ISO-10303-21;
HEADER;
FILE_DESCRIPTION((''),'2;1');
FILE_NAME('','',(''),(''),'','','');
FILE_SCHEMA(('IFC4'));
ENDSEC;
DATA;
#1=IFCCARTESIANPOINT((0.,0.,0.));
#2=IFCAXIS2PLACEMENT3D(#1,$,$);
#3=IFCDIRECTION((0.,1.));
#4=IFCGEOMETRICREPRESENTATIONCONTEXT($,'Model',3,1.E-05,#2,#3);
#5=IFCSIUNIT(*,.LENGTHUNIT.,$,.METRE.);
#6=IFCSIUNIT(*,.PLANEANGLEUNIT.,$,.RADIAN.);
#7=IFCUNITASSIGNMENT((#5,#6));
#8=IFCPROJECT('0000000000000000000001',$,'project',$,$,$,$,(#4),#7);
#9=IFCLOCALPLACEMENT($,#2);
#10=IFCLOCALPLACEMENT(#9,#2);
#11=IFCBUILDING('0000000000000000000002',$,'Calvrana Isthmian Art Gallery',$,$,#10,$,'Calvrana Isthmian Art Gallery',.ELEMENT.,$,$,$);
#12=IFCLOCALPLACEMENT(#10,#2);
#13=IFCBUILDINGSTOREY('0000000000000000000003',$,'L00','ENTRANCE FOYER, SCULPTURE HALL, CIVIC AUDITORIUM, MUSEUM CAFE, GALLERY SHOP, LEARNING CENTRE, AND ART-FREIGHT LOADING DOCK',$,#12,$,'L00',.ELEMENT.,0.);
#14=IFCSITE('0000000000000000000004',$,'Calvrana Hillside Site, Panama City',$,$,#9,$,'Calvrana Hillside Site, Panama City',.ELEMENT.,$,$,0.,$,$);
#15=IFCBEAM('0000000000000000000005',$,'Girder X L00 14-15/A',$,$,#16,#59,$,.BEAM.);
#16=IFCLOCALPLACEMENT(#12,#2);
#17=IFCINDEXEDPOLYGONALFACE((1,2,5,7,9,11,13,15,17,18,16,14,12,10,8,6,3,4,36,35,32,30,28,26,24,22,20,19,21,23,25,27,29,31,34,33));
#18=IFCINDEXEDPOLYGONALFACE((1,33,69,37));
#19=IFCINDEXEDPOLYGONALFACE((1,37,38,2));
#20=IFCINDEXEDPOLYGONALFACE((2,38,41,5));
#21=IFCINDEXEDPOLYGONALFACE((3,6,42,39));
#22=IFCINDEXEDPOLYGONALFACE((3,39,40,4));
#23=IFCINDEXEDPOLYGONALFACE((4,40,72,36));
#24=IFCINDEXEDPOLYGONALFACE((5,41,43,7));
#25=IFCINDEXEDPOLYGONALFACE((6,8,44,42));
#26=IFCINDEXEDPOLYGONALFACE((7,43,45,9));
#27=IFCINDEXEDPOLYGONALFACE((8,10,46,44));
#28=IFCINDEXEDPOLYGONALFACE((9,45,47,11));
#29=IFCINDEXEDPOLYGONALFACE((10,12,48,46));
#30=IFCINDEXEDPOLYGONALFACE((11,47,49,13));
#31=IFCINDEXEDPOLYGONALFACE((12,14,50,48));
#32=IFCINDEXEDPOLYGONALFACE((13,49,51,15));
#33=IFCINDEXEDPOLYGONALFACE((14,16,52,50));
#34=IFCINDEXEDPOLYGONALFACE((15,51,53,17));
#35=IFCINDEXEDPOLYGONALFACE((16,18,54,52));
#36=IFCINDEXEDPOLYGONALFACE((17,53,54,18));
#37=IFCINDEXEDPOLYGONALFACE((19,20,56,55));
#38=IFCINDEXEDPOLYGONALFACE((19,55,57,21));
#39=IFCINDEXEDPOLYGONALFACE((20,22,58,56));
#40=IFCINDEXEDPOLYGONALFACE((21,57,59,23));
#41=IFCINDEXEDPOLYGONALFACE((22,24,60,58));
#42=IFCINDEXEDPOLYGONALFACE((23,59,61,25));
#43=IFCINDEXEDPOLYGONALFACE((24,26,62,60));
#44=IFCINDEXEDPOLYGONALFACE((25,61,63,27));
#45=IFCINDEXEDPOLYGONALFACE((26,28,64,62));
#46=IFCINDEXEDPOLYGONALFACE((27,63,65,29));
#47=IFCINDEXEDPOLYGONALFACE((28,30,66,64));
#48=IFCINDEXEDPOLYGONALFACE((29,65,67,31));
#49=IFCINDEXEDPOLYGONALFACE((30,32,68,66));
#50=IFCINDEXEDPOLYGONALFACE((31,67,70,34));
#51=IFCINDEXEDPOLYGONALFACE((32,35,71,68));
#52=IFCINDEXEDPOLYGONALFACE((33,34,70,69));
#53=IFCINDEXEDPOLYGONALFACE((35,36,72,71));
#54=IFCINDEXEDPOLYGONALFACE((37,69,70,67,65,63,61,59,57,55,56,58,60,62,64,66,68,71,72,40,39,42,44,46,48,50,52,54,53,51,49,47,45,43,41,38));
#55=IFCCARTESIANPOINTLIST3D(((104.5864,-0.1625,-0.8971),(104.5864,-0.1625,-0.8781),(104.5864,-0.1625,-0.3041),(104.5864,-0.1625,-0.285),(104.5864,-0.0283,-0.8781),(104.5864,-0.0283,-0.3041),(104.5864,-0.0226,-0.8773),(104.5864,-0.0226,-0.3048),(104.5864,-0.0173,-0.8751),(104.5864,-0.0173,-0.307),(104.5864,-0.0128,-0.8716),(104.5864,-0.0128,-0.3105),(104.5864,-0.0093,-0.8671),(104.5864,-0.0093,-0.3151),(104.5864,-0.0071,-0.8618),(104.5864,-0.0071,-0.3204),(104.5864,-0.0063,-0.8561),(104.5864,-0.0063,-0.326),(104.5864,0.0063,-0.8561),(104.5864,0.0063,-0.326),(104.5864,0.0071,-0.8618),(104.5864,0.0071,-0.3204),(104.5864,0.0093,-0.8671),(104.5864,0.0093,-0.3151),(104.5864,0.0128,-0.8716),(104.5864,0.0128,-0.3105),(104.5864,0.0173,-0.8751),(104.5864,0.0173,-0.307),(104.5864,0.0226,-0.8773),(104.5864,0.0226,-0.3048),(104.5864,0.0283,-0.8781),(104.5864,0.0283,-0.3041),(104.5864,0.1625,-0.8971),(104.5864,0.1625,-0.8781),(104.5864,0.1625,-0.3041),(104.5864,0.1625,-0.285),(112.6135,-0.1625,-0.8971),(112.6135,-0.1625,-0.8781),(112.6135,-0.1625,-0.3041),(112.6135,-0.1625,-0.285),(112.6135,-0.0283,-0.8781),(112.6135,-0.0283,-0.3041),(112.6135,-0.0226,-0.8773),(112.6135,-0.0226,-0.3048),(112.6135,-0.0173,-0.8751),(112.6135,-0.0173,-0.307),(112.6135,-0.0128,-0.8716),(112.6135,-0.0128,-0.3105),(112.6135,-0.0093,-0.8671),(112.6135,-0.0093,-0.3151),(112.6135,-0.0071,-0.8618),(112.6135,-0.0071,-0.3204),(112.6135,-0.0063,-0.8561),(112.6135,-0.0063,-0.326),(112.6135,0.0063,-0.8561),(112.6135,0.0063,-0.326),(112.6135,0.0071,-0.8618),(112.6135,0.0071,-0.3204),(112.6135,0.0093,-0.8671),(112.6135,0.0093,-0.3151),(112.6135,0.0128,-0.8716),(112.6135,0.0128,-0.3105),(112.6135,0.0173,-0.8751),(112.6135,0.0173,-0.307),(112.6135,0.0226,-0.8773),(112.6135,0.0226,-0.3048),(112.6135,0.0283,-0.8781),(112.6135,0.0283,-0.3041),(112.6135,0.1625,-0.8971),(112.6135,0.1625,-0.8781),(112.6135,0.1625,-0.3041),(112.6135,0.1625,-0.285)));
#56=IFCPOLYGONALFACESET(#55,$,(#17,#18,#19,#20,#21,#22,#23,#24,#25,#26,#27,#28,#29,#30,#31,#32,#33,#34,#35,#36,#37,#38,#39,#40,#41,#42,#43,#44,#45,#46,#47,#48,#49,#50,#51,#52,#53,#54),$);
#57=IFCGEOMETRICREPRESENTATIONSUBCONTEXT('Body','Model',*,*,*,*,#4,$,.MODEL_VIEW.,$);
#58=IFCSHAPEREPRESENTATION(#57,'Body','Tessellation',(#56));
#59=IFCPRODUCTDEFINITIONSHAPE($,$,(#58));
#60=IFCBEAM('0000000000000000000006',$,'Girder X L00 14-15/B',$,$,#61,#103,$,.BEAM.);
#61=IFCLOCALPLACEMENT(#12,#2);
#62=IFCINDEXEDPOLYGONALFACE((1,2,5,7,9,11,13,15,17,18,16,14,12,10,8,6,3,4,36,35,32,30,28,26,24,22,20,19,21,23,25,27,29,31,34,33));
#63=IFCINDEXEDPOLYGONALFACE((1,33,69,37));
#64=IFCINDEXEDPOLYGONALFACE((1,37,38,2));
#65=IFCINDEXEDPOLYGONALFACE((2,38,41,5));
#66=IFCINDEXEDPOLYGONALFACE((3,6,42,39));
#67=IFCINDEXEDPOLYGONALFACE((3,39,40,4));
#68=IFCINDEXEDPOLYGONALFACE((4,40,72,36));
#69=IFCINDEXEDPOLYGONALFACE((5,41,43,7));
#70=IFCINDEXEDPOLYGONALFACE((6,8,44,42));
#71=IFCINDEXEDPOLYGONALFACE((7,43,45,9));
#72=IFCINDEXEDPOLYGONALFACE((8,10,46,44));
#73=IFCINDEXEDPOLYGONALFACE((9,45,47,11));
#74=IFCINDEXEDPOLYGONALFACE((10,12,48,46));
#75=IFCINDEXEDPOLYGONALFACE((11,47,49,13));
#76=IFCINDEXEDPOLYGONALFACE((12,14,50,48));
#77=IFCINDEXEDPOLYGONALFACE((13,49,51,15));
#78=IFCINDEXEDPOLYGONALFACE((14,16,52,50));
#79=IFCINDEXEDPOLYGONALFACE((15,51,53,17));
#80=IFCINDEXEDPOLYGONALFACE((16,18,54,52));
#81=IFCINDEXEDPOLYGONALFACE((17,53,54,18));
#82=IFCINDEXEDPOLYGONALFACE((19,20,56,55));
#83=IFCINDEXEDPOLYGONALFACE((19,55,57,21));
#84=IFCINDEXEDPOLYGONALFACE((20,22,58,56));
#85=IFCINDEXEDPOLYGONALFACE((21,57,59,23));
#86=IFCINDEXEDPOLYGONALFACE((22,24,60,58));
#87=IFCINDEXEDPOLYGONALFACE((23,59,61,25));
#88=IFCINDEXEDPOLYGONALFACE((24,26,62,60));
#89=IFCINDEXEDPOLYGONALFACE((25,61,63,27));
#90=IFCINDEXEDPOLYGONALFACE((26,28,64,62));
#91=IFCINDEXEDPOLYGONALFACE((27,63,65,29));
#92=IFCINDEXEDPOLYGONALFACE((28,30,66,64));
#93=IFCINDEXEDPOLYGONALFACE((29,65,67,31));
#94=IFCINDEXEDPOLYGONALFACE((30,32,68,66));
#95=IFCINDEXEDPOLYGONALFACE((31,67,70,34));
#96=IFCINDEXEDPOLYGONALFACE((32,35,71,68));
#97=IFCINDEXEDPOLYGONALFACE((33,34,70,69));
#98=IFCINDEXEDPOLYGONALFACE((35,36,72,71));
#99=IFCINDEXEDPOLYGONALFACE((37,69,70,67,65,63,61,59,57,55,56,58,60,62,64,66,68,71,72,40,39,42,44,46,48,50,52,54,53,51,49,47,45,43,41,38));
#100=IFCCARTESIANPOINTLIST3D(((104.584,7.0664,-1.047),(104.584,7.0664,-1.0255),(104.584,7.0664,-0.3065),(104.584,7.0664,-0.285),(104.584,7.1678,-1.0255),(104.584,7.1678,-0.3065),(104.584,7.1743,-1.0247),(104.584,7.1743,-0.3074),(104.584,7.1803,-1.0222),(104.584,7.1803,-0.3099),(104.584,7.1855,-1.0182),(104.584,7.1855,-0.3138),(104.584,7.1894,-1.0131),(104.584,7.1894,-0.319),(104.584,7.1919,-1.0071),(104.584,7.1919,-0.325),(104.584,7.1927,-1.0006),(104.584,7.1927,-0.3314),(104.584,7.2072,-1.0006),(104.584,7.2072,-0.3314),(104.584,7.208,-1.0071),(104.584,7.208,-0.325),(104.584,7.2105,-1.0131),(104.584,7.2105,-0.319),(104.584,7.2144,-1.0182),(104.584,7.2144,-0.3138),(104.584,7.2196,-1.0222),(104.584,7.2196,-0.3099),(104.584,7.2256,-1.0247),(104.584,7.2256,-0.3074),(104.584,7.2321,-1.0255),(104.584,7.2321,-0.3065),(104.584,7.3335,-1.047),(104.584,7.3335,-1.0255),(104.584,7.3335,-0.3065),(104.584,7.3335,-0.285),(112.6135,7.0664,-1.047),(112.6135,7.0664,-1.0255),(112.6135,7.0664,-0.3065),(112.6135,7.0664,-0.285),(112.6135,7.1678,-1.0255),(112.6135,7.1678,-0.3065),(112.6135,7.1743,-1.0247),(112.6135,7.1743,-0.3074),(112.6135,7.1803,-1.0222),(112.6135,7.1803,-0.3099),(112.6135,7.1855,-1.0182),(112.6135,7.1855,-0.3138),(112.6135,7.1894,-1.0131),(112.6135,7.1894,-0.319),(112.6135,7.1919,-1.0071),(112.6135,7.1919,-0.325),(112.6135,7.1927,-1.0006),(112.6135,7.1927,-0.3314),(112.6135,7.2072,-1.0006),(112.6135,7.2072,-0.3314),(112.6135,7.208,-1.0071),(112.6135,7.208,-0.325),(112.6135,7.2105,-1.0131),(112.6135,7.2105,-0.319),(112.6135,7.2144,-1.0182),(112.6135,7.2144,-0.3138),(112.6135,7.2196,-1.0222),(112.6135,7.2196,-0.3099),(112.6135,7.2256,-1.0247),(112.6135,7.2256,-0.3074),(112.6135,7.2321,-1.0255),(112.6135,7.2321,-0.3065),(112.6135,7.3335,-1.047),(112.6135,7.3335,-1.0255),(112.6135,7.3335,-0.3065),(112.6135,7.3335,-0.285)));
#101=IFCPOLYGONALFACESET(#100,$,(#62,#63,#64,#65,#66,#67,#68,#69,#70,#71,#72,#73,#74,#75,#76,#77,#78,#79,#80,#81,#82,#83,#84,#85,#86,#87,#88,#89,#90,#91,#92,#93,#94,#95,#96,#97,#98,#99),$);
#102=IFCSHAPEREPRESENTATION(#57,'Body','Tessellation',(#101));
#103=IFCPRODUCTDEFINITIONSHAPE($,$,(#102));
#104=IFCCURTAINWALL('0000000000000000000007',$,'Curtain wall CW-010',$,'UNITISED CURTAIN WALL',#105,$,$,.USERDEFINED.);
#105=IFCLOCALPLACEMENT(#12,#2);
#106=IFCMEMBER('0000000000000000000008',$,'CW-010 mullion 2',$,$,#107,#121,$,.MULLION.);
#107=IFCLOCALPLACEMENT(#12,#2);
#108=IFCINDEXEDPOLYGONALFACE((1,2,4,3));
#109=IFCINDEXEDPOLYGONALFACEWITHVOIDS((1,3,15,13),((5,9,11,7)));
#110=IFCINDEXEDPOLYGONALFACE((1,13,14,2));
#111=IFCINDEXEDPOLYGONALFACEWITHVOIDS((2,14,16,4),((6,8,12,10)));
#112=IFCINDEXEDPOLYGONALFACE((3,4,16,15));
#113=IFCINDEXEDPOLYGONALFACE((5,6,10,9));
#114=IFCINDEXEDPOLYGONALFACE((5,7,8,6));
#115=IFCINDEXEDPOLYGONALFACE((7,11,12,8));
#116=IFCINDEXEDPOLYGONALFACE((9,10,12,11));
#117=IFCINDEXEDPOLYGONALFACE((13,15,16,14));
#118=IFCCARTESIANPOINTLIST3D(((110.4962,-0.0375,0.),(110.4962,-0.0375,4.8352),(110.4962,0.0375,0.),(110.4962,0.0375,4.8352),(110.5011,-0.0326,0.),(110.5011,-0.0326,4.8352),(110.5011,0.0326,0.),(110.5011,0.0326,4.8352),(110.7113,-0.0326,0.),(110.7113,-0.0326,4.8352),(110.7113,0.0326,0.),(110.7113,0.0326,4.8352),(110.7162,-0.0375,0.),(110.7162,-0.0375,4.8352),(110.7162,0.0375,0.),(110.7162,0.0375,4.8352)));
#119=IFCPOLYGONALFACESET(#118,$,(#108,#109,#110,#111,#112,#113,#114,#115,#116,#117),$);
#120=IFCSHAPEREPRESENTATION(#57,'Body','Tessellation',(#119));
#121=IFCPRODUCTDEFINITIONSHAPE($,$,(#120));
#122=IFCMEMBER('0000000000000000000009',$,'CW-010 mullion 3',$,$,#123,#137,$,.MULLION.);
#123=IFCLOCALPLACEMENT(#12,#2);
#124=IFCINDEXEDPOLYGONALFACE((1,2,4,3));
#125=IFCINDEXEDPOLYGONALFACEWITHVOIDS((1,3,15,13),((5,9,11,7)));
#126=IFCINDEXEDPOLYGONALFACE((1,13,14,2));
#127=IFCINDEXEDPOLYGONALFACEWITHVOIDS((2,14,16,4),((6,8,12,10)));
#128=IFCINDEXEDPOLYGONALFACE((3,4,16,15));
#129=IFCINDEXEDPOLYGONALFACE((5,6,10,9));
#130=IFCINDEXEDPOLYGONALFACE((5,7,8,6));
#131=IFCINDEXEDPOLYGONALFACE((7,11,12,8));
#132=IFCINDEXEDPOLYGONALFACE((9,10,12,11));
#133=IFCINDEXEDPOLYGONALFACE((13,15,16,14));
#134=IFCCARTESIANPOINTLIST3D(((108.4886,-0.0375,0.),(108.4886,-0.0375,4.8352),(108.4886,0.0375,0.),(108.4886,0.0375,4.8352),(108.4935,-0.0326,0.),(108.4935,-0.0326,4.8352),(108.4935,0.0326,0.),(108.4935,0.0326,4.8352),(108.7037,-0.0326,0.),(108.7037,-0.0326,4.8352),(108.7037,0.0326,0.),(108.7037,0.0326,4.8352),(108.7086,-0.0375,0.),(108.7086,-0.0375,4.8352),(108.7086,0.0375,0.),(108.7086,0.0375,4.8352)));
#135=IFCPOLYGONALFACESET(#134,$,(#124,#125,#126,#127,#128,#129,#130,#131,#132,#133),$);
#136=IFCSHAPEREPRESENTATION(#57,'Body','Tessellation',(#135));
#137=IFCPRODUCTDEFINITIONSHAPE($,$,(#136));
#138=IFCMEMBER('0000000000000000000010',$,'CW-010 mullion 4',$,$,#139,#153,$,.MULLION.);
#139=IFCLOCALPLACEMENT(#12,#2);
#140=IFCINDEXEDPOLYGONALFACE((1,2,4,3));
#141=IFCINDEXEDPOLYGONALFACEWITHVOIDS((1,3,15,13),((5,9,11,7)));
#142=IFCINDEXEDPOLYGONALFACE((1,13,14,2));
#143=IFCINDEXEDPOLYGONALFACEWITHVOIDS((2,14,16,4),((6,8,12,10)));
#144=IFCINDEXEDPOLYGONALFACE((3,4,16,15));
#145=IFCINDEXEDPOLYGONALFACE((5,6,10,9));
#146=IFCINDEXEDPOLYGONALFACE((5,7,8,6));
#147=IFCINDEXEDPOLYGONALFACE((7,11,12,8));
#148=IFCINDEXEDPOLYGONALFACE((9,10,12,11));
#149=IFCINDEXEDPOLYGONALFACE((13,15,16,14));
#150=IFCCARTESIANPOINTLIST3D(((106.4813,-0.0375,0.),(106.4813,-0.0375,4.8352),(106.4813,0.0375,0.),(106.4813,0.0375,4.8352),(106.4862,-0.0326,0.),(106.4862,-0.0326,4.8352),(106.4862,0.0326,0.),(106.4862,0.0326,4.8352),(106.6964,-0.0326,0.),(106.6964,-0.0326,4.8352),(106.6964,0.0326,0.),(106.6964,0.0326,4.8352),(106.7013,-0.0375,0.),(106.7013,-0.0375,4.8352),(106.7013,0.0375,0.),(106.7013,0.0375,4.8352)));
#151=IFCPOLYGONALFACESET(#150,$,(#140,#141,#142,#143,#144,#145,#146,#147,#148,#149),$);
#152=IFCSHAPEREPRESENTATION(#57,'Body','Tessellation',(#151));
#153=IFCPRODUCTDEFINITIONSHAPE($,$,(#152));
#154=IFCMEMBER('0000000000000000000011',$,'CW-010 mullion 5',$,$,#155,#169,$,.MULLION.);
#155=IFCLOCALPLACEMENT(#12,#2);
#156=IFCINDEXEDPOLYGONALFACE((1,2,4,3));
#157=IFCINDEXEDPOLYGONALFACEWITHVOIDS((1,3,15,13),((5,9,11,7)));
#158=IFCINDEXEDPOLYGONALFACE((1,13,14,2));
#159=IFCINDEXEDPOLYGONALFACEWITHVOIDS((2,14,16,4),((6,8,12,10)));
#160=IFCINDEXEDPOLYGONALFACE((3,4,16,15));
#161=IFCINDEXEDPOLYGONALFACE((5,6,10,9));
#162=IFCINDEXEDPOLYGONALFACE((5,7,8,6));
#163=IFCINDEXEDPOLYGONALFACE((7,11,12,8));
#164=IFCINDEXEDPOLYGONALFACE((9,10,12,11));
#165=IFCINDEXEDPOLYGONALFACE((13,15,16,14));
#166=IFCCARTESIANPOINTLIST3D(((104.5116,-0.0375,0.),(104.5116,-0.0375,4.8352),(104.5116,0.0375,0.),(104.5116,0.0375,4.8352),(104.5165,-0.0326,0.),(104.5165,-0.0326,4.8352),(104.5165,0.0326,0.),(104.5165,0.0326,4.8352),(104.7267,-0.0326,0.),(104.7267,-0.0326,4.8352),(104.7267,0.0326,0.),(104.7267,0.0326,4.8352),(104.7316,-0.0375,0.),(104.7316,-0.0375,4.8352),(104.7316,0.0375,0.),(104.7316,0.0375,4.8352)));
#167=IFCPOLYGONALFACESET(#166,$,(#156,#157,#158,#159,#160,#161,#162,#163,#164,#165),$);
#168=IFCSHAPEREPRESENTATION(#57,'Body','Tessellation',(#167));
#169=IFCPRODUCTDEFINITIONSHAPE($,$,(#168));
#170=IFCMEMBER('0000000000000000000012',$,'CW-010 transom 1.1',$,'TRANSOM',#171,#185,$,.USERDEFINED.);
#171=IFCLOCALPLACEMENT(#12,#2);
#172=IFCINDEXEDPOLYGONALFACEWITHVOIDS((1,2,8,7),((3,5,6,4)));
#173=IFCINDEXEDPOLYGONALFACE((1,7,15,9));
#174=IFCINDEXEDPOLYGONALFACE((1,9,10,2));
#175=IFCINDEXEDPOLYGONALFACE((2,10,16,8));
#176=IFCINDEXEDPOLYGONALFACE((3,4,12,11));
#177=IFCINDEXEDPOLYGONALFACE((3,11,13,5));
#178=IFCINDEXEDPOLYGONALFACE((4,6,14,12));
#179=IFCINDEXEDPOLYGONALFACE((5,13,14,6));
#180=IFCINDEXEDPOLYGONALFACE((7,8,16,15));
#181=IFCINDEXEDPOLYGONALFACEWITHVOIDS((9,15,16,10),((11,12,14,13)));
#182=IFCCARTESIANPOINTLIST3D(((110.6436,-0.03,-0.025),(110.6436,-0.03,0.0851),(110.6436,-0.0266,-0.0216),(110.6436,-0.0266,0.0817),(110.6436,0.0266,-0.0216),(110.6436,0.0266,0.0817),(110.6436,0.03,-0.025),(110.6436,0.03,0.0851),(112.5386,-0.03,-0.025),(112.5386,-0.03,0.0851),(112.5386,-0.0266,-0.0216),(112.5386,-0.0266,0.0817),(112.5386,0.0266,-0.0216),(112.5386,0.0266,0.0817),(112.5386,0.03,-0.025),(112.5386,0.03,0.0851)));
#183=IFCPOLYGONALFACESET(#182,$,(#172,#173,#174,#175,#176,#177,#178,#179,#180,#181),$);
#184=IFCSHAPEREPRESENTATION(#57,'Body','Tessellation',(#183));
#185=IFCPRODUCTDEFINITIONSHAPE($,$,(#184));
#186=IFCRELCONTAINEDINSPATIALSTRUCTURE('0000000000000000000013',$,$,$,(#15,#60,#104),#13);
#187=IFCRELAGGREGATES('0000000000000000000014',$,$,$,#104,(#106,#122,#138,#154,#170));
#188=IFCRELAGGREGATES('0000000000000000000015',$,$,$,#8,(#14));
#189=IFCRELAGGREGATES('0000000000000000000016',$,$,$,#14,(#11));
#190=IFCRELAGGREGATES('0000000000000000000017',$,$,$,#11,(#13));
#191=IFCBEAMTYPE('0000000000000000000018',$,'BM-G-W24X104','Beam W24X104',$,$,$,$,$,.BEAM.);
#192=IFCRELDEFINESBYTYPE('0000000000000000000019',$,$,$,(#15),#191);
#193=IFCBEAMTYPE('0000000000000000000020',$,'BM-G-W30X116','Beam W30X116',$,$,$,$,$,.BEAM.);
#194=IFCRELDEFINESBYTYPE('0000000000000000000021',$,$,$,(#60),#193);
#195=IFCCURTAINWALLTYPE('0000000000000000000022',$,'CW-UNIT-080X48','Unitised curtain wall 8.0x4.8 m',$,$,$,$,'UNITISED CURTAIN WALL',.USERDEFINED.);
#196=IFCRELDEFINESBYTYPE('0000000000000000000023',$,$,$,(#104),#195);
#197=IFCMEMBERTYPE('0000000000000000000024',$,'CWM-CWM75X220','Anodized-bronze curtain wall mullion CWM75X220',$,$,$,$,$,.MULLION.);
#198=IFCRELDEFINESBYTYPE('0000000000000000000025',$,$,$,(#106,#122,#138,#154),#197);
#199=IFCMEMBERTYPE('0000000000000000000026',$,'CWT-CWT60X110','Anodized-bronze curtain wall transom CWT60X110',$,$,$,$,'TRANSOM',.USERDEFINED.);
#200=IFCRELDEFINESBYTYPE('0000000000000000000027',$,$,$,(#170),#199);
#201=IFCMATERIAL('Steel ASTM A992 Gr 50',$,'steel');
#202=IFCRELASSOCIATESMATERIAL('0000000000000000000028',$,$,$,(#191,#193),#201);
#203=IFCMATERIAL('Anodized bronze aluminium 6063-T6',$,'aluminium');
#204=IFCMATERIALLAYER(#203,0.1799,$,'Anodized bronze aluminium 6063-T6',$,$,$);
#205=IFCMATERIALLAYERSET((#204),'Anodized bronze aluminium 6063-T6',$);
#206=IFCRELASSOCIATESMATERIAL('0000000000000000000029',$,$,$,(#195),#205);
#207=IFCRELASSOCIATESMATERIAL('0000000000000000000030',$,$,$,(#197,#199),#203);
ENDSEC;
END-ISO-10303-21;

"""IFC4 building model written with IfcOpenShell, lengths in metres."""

from ifc_helpers import new_model, si_unit, direction, frame, origin, origin_2d, place, context, subcontext, project, spatial, hollow_rectangle, i_section, extrude, material, layer, layer_set, material_profile, profile_set, type_object, element, aggregate, save


model = new_model("IFC4")

# Units and contexts
model_context = context("Model", 3, precision=1e-05, world=origin(), true_north=direction((0.0, 1.0)))
body_context = subcontext(model_context, "Body", "Model", "MODEL_VIEW")
ifc_project = project(units=[si_unit("LENGTHUNIT", "METRE"), si_unit("PLANEANGLEUNIT", "RADIAN")], contexts=[model_context])

# Site, building, storey
site_placement = place(None, origin())
site = spatial("IfcSite", under=ifc_project, at=site_placement, Name="Calvrana Hillside Site, Panama City", LongName="Calvrana Hillside Site, Panama City", CompositionType="ELEMENT", RefElevation=0.0)
building_placement = place(site_placement, origin())
building = spatial("IfcBuilding", under=site, at=building_placement, Name="Calvrana Isthmian Art Gallery", LongName="Calvrana Isthmian Art Gallery", CompositionType="ELEMENT")
storey_placement = place(building_placement, origin())
storey = spatial("IfcBuildingStorey", under=building, at=storey_placement, Name="L00", Description="ENTRANCE FOYER, SCULPTURE HALL, CIVIC AUDITORIUM, MUSEUM CAFE, GALLERY SHOP, LEARNING CENTRE, AND ART-FREIGHT LOADING DOCK", LongName="L00", CompositionType="ELEMENT", Elevation=0.0)

# Beams
ifc_material_1 = material(Name="Steel ASTM A992 Gr 50", Category="steel")
ifc_material_profile_1 = material_profile(ifc_material_1, i_section(OverallWidth=0.325, OverallDepth=0.6121, WebThickness=0.0127, FlangeThickness=0.019, FilletRadius=0.022, at=origin_2d()), Name="W24X104")
ifc_profile_set_1 = profile_set([ifc_material_profile_1], Name="Steel ASTM A992 Gr 50")
beam_type_1 = type_object("IfcBeamType", Name="BM-G-W24X104", Description="Beam W24X104", PredefinedType="BEAM", material=ifc_profile_set_1)
beam_1_placement = place(storey_placement, frame((104.5864, 0.0, -0.5911), z_axis=(1.0, 0.0, 0.0), x_axis=(0.0, 1.0, 0.0)))
element("IfcBeam", 1, at=beam_1_placement, inside=storey, type_object=beam_type_1, Name="Girder X L00 14-15/A", PredefinedType="BEAM", context=body_context, shape_type="SweptSolid", body=[
    extrude(i_section(OverallWidth=0.325, OverallDepth=0.6121, WebThickness=0.0127, FlangeThickness=0.019, FilletRadius=0.022, at=origin_2d()), origin(), (0.0, 0.0, 1.0), 8.0271),
])
ifc_material_profile_2 = material_profile(ifc_material_1, i_section(OverallWidth=0.2671, OverallDepth=0.762, WebThickness=0.0144, FlangeThickness=0.0215, FilletRadius=0.0249, at=origin_2d()), Name="W30X116")
ifc_profile_set_2 = profile_set([ifc_material_profile_2], Name="Steel ASTM A992 Gr 50")
beam_type_2 = type_object("IfcBeamType", Name="BM-G-W30X116", Description="Beam W30X116", PredefinedType="BEAM", material=ifc_profile_set_2)
beam_2_placement = place(storey_placement, frame((104.584, 7.2, -0.666), z_axis=(1.0, 0.0, 0.0), x_axis=(0.0, 1.0, 0.0)))
element("IfcBeam", 2, at=beam_2_placement, inside=storey, type_object=beam_type_2, Name="Girder X L00 14-15/B", PredefinedType="BEAM", context=body_context, shape_type="SweptSolid", body=[
    extrude(i_section(OverallWidth=0.2671, OverallDepth=0.762, WebThickness=0.0144, FlangeThickness=0.0215, FilletRadius=0.0249, at=origin_2d()), origin(), (0.0, 0.0, 1.0), 8.0295),
])

# Curtain wall, members
ifc_material_2 = material(Name="Anodized bronze aluminium 6063-T6", Category="aluminium")
ifc_layer_1 = layer(ifc_material_2, 0.1799, Name="Anodized bronze aluminium 6063-T6")
ifc_layer_set_1 = layer_set([ifc_layer_1], Name="Anodized bronze aluminium 6063-T6")
curtain_wall_type = type_object("IfcCurtainWallType", Name="CW-UNIT-080X48", Description="Unitised curtain wall 8.0x4.8 m", ElementType="UNITISED CURTAIN WALL", PredefinedType="USERDEFINED", material=ifc_layer_set_1)
curtain_wall_placement = place(storey_placement, origin())
curtain_wall = element("IfcCurtainWall", 3, at=curtain_wall_placement, inside=storey, type_object=curtain_wall_type, Name="Curtain wall CW-010", ObjectType="UNITISED CURTAIN WALL", PredefinedType="USERDEFINED")
ifc_material_profile_3 = material_profile(ifc_material_2, hollow_rectangle(XDim=0.075, YDim=0.22, WallThickness=0.0049, at=origin_2d()), Name="CWM75X220")
ifc_profile_set_3 = profile_set([ifc_material_profile_3], Name="Anodized bronze aluminium 6063-T6")
member_type_1 = type_object("IfcMemberType", Name="CWM-CWM75X220", Description="Anodized-bronze curtain wall mullion CWM75X220", PredefinedType="MULLION", material=ifc_profile_set_3)
member_1_placement = place(storey_placement, frame((110.6062, 0.0, 0.0), z_axis=(0.0, 0.0, 1.0), x_axis=(0.0, -1.0, 0.0)))
member_1 = element("IfcMember", 4, at=member_1_placement, type_object=member_type_1, Name="CW-010 mullion 2", PredefinedType="MULLION", context=body_context, shape_type="SweptSolid", body=[
    extrude(hollow_rectangle(XDim=0.075, YDim=0.22, WallThickness=0.0049, at=origin_2d()), origin(), (0.0, 0.0, 1.0), 4.8352),
])
member_2_placement = place(storey_placement, frame((108.5986, 0.0, 0.0), z_axis=(0.0, 0.0, 1.0), x_axis=(0.0, -1.0, 0.0)))
member_2 = element("IfcMember", 5, at=member_2_placement, type_object=member_type_1, Name="CW-010 mullion 3", PredefinedType="MULLION", context=body_context, shape_type="SweptSolid", body=[
    extrude(hollow_rectangle(XDim=0.075, YDim=0.22, WallThickness=0.0049, at=origin_2d()), origin(), (0.0, 0.0, 1.0), 4.8352),
])
member_3_placement = place(storey_placement, frame((106.5913, 0.0, 0.0), z_axis=(0.0, 0.0, 1.0), x_axis=(0.0, -1.0, 0.0)))
member_3 = element("IfcMember", 6, at=member_3_placement, type_object=member_type_1, Name="CW-010 mullion 4", PredefinedType="MULLION", context=body_context, shape_type="SweptSolid", body=[
    extrude(hollow_rectangle(XDim=0.075, YDim=0.22, WallThickness=0.0049, at=origin_2d()), origin(), (0.0, 0.0, 1.0), 4.8352),
])
member_4_placement = place(storey_placement, frame((104.6216, 0.0, 0.0), z_axis=(0.0, 0.0, 1.0), x_axis=(0.0, -1.0, 0.0)))
member_4 = element("IfcMember", 7, at=member_4_placement, type_object=member_type_1, Name="CW-010 mullion 5", PredefinedType="MULLION", context=body_context, shape_type="SweptSolid", body=[
    extrude(hollow_rectangle(XDim=0.075, YDim=0.22, WallThickness=0.0049, at=origin_2d()), origin(), (0.0, 0.0, 1.0), 4.8352),
])
ifc_material_profile_4 = material_profile(ifc_material_2, hollow_rectangle(XDim=0.0601, YDim=0.1101, WallThickness=0.0034, at=origin_2d()), Name="CWT60X110")
ifc_profile_set_4 = profile_set([ifc_material_profile_4], Name="Anodized bronze aluminium 6063-T6")
member_type_2 = type_object("IfcMemberType", Name="CWT-CWT60X110", Description="Anodized-bronze curtain wall transom CWT60X110", ElementType="TRANSOM", PredefinedType="USERDEFINED", material=ifc_profile_set_4)
member_5_placement = place(storey_placement, frame((112.5386, 0.0, 0.03), z_axis=(-1.0, 0.0, 0.0), x_axis=(0.0, -1.0, 0.0)))
member_5 = element("IfcMember", 8, at=member_5_placement, type_object=member_type_2, Name="CW-010 transom 1.1", ObjectType="TRANSOM", PredefinedType="USERDEFINED", context=body_context, shape_type="SweptSolid", body=[
    extrude(hollow_rectangle(XDim=0.0601, YDim=0.1101, WallThickness=0.0034, at=origin_2d()), origin(), (0.0, 0.0, 1.0), 1.895),
])
aggregate(curtain_wall, [member_1, member_2, member_3, member_4, member_5])

save(model, "model.ifc")
